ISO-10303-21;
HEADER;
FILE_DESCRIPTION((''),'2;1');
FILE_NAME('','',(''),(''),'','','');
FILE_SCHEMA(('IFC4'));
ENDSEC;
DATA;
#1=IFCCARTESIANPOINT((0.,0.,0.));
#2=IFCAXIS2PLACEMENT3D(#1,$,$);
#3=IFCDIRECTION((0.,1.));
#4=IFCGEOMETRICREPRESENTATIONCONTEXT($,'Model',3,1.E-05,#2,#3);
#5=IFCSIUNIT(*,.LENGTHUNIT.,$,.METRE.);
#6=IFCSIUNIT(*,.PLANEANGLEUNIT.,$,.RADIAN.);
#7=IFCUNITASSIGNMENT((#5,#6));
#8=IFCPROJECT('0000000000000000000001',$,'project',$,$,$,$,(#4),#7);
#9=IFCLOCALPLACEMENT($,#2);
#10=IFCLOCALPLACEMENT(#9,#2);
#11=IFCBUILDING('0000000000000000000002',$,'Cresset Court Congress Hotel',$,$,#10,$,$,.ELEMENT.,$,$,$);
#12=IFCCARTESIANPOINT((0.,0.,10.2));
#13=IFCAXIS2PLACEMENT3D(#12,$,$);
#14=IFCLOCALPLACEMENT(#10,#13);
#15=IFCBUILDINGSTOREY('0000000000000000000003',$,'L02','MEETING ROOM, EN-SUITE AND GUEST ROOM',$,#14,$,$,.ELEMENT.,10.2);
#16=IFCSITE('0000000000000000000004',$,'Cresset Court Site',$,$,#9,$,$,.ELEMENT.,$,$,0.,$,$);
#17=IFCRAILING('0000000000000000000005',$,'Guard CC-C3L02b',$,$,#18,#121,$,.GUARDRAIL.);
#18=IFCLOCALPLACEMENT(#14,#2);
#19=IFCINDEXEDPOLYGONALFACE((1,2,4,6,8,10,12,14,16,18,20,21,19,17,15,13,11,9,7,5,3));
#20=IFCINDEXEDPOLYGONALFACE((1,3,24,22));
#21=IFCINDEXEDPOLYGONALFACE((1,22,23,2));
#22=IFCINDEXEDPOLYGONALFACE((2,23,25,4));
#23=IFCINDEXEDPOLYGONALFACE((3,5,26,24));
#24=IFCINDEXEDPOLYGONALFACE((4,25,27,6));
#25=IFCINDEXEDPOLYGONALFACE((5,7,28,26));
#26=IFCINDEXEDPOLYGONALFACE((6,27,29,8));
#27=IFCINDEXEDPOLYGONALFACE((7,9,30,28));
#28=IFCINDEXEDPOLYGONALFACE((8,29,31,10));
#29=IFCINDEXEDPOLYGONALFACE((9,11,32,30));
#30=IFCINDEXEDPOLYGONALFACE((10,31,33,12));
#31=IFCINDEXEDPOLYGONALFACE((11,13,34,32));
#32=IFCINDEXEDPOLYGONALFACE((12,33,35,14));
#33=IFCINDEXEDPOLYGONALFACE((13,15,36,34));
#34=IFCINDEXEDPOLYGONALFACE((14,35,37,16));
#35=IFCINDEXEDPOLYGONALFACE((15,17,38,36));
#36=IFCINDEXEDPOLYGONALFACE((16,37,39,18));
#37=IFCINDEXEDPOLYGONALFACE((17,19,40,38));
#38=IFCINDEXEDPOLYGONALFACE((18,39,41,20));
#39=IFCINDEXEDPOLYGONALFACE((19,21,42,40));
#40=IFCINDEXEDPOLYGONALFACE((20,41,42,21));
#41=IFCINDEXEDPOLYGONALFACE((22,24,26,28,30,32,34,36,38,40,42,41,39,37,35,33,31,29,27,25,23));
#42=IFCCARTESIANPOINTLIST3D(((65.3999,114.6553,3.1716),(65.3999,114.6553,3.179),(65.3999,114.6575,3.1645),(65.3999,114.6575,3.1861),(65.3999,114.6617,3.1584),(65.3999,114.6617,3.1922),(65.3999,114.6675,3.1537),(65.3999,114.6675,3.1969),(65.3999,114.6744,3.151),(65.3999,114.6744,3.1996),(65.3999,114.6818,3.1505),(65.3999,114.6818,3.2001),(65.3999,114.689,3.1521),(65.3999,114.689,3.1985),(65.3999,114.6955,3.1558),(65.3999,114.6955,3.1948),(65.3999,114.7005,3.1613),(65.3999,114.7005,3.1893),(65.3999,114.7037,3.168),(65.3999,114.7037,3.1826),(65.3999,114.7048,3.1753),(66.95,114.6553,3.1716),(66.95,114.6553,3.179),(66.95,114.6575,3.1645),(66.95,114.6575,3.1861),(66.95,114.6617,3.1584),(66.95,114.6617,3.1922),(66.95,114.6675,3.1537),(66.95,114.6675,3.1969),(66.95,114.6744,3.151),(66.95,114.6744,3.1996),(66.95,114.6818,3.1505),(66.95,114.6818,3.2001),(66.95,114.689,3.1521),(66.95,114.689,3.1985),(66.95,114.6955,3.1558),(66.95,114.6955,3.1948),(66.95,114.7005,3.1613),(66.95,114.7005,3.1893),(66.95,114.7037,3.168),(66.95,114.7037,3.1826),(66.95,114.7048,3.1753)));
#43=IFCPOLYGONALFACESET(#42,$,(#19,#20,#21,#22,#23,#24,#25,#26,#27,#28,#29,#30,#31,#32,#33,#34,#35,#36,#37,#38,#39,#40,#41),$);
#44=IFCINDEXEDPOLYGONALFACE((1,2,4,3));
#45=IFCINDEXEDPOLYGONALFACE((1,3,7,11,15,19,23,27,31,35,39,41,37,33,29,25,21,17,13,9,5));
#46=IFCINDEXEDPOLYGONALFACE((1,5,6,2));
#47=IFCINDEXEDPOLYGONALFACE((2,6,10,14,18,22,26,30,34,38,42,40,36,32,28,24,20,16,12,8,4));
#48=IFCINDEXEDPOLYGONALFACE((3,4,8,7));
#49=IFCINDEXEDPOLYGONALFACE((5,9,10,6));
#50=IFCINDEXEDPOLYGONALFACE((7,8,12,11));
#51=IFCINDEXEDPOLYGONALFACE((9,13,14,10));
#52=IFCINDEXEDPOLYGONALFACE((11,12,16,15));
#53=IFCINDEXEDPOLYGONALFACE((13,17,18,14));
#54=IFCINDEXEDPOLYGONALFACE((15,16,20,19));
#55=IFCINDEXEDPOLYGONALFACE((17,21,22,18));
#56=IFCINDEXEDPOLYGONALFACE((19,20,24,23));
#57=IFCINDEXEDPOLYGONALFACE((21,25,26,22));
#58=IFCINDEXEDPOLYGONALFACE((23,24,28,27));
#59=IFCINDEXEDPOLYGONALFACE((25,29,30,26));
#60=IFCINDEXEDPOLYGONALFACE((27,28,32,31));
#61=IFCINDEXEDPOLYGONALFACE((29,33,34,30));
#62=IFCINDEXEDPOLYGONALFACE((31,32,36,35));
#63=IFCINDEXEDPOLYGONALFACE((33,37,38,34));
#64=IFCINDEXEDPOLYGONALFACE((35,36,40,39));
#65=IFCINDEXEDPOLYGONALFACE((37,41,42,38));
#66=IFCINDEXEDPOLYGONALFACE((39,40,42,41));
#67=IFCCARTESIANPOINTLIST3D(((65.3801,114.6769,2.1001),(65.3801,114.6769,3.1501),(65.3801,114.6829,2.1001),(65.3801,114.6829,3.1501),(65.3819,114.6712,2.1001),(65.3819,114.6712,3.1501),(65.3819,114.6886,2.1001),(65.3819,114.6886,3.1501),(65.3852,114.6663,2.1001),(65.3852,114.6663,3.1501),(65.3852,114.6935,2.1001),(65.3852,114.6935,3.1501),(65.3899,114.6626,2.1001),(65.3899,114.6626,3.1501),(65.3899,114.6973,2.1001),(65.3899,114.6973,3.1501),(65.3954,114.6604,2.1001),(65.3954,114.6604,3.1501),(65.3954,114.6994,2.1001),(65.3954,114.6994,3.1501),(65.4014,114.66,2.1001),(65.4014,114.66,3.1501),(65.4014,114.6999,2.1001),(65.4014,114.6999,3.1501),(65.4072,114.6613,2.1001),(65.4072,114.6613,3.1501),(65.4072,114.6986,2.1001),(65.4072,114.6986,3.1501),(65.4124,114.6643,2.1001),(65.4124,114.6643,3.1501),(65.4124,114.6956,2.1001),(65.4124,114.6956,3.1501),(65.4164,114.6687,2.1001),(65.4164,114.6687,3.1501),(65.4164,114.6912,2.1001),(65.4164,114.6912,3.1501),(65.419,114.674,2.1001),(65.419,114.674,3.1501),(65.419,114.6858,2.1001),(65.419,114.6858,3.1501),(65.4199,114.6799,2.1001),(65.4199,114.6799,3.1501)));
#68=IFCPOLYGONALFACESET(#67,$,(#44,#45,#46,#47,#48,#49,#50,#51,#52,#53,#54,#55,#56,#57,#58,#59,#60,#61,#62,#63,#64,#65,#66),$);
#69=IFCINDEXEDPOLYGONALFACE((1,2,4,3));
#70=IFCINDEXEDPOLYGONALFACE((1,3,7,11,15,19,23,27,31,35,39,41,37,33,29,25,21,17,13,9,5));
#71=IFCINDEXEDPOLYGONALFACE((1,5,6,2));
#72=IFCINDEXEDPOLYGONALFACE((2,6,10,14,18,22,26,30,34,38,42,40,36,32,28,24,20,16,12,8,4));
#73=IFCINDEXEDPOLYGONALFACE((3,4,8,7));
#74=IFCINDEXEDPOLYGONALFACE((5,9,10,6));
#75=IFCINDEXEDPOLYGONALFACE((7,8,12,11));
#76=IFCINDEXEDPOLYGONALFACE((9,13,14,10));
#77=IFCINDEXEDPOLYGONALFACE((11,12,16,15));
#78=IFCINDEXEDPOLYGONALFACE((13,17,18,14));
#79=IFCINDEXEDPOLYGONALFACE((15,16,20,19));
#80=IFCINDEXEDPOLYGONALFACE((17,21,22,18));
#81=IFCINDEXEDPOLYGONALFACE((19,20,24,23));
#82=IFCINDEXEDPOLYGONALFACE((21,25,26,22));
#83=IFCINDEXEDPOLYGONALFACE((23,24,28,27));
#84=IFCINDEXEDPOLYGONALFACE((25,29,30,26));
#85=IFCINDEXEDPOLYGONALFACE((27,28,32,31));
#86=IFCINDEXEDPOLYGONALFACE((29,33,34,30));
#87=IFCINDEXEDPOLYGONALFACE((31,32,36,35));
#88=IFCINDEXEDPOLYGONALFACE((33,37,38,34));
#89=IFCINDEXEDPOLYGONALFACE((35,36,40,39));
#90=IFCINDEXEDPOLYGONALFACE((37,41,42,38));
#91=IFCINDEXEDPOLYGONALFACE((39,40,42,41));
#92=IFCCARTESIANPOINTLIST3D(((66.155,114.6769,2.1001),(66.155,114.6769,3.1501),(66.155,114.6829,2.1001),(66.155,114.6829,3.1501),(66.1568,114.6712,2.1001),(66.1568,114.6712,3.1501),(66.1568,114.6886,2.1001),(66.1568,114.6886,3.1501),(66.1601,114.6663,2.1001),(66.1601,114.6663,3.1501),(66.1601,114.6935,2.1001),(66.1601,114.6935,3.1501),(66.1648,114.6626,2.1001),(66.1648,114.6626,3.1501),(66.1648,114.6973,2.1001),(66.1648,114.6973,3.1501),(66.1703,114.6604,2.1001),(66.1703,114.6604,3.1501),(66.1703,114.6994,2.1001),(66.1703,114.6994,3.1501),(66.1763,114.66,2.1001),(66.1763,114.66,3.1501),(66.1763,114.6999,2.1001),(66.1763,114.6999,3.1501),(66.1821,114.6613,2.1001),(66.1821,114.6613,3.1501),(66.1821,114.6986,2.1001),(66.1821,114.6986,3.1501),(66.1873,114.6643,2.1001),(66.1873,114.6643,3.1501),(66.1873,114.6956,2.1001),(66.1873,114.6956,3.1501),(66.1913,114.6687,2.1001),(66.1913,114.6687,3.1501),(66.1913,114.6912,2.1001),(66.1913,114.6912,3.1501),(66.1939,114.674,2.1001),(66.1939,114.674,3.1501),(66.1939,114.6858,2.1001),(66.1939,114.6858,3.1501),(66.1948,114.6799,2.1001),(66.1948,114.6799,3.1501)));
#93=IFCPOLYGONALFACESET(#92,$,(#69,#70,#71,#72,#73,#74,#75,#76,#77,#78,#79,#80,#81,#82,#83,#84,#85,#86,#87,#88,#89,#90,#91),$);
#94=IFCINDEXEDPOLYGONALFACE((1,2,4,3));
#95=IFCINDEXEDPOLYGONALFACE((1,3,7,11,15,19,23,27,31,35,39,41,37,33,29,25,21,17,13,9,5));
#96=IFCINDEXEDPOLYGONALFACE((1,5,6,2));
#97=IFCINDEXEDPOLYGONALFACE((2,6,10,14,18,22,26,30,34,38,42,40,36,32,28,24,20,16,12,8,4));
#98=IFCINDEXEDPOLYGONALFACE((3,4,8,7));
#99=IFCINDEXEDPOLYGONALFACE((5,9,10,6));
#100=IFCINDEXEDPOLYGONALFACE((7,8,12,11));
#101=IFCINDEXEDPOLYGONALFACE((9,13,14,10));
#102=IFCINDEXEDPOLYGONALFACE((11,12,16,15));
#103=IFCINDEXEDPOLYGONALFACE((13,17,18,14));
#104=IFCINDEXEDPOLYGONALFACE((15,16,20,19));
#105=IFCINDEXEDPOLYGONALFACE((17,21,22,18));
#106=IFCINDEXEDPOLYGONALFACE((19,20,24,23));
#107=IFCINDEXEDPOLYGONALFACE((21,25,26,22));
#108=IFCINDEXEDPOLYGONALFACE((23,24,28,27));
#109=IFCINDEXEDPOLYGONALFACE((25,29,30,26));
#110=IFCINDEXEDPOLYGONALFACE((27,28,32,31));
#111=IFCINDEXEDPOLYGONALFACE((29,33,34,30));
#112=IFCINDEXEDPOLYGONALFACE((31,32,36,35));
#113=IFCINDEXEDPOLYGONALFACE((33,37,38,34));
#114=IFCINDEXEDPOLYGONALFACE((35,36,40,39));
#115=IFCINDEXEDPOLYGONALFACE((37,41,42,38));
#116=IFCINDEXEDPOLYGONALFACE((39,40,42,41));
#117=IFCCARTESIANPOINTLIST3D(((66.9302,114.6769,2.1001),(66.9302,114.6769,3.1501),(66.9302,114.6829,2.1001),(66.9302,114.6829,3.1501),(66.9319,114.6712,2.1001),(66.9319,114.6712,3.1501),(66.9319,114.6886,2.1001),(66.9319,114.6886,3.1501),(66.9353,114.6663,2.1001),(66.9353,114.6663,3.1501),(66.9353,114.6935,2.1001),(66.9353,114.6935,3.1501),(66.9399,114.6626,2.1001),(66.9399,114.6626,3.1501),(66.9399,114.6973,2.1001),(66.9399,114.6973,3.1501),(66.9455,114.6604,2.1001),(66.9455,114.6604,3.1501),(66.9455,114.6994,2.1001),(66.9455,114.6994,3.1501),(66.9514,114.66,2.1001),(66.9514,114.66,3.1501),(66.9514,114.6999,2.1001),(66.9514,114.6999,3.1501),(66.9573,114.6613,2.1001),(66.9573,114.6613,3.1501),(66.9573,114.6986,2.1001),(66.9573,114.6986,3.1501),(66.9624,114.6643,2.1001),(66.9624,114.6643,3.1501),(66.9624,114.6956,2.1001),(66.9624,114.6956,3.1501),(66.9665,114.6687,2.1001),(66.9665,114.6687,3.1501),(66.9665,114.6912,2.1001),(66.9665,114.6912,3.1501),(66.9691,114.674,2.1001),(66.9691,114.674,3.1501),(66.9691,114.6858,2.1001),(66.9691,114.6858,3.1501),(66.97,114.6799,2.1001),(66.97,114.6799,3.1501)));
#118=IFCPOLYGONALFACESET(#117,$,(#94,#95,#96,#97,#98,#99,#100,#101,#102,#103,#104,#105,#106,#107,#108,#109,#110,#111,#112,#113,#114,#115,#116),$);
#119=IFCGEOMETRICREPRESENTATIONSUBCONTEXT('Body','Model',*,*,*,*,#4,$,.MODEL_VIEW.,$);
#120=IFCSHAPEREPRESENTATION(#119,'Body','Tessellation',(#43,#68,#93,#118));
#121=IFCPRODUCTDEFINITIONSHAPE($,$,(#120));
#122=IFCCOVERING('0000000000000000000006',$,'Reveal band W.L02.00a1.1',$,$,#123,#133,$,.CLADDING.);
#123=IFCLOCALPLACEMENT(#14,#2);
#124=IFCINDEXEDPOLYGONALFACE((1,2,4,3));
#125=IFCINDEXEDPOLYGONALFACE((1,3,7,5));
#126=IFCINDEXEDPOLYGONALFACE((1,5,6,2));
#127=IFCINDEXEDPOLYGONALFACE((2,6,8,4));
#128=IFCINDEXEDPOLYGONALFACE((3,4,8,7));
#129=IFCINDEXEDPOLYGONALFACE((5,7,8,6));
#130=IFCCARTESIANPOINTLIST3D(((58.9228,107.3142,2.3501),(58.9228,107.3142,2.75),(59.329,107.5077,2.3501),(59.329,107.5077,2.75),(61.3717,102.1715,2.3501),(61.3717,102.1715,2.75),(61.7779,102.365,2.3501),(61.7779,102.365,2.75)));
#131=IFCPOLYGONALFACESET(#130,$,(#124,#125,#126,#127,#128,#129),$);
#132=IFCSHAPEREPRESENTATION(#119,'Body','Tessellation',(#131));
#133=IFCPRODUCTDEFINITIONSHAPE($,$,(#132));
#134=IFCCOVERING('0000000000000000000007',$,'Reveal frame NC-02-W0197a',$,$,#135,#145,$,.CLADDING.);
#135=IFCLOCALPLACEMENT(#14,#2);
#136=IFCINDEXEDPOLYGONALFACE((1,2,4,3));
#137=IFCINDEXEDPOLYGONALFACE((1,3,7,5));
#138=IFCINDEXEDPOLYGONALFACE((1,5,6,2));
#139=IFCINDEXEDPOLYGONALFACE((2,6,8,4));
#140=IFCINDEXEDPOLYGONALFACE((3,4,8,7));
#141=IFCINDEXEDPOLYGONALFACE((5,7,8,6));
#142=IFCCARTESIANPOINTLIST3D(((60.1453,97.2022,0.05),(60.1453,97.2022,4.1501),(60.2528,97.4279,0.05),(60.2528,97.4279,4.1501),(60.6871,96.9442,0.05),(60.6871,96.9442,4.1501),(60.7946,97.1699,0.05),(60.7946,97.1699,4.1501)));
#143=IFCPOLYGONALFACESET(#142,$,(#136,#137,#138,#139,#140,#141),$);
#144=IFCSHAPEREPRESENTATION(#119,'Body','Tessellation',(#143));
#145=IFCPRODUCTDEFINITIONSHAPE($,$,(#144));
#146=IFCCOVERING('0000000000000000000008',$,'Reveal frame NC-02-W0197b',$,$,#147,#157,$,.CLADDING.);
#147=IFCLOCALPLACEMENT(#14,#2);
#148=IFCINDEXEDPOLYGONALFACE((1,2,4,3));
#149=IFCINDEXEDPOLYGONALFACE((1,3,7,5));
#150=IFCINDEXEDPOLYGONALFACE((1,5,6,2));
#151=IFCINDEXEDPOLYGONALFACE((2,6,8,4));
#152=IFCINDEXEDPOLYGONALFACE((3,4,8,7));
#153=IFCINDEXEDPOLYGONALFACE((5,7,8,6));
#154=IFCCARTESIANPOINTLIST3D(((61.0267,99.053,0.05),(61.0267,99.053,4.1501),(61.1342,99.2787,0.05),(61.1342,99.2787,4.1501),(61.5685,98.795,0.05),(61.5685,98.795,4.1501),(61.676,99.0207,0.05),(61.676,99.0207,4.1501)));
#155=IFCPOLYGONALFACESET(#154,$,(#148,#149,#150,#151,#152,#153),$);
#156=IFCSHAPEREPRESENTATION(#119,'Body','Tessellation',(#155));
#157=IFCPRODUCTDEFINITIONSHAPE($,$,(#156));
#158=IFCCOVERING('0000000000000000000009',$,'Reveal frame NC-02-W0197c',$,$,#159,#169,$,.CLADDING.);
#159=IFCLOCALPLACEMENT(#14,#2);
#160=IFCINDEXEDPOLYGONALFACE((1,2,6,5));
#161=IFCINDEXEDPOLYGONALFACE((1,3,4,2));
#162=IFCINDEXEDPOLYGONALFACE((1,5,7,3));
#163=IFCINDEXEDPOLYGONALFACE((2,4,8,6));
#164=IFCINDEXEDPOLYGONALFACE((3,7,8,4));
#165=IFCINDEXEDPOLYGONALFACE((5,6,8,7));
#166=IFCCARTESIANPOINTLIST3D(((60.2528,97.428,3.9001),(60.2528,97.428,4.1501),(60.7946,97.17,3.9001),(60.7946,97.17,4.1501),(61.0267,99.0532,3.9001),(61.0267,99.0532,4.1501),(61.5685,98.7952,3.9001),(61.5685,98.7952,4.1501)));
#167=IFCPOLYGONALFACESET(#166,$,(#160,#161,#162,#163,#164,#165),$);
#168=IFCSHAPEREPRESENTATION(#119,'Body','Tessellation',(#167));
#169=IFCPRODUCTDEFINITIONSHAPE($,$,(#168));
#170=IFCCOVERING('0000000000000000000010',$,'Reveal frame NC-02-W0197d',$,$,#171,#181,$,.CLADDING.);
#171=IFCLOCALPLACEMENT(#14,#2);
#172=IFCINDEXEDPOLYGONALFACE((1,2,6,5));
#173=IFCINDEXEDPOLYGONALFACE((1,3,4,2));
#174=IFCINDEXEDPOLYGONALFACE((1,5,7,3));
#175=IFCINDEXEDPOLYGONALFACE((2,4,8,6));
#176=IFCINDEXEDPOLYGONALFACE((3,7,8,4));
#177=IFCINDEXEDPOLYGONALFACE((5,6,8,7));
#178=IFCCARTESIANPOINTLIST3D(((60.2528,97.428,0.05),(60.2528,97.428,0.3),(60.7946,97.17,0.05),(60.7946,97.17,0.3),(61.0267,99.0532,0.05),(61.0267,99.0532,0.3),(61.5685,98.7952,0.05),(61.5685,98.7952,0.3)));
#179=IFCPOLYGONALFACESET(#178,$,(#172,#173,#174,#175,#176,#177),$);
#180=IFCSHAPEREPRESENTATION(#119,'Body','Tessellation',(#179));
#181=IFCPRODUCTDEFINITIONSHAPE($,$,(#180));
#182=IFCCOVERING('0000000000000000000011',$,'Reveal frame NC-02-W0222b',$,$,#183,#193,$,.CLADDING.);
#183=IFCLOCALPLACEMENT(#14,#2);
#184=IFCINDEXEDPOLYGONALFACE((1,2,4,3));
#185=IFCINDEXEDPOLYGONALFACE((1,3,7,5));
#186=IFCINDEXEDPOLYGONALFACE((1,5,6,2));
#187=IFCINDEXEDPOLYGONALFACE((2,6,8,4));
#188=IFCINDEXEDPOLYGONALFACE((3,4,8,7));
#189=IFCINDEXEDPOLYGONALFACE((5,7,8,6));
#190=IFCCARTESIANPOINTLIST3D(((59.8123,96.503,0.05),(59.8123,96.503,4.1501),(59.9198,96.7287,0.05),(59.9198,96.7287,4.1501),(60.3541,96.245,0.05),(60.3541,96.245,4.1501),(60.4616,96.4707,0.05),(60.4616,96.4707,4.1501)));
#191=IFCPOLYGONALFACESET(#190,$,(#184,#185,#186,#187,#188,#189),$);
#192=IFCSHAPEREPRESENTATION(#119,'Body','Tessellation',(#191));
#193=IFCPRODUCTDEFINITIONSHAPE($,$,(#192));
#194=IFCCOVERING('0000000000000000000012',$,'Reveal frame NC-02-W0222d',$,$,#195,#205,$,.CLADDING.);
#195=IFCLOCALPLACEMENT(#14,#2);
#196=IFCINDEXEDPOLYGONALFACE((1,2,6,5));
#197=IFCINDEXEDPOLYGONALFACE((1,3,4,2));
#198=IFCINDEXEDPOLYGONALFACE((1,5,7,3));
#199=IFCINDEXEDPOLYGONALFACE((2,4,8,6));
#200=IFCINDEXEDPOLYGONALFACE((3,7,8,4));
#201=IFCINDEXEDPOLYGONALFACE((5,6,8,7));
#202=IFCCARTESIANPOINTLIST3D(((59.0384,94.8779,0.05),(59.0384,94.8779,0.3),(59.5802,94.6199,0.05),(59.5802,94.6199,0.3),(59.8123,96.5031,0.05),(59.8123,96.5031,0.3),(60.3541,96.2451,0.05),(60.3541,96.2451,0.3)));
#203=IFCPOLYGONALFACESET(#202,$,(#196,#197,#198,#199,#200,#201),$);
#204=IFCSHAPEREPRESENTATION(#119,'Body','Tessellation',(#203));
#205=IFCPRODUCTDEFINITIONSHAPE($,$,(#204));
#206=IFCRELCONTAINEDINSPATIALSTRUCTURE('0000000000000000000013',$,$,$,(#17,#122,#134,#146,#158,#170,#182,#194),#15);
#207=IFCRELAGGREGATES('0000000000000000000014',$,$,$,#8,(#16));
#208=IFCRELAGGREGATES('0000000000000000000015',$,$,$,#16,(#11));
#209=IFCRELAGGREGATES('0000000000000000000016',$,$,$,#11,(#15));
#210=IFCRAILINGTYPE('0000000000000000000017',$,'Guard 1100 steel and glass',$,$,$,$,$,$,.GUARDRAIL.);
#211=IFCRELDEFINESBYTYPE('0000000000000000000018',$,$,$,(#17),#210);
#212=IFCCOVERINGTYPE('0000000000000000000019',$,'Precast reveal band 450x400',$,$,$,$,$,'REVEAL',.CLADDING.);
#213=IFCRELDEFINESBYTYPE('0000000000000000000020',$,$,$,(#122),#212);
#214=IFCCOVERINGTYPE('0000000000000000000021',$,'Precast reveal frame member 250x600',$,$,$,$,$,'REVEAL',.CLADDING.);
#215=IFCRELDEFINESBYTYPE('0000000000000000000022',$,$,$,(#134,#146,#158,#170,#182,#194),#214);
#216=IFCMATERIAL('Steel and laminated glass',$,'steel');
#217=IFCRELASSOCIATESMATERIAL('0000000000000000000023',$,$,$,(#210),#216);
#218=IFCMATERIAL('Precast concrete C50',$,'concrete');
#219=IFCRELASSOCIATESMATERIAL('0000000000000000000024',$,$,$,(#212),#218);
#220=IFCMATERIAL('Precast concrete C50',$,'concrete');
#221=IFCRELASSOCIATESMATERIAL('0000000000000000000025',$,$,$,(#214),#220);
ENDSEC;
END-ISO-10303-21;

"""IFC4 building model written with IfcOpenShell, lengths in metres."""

from ifc_helpers import new_model, si_unit, direction, frame, origin, origin_2d, place, context, subcontext, project, spatial, rectangle, circle, extrude, material, type_object, element, save


model = new_model("IFC4")

# Units and contexts
model_context = context("Model", 3, precision=1e-05, world=origin(), true_north=direction((0.0, 1.0)))
body_context = subcontext(model_context, "Body", "Model", "MODEL_VIEW")
ifc_project = project(units=[si_unit("LENGTHUNIT", "METRE"), si_unit("PLANEANGLEUNIT", "RADIAN")], contexts=[model_context])

# Site, building, storey
site_placement = place(None, origin())
site = spatial("IfcSite", under=ifc_project, at=site_placement, Name="Cresset Court Site", CompositionType="ELEMENT", RefElevation=0.0)
building_placement = place(site_placement, origin())
building = spatial("IfcBuilding", under=site, at=building_placement, Name="Cresset Court Congress Hotel", CompositionType="ELEMENT")
storey_placement = place(building_placement, frame((0.0, 0.0, 10.2)))
storey = spatial("IfcBuildingStorey", under=building, at=storey_placement, Name="L02", Description="MEETING ROOM, EN-SUITE AND GUEST ROOM", CompositionType="ELEMENT", Elevation=10.2)

# Railing
ifc_material_1 = material(Name="Steel and laminated glass", Category="steel")
railing_type = type_object("IfcRailingType", Name="Guard 1100 steel and glass", PredefinedType="GUARDRAIL", material=ifc_material_1)
for number, where, name in (
    (1, (65.3999, 114.6799, 2.1001), "Guard CC-C3L02b"),
):
    element("IfcRailing", number, at=place(storey_placement, frame(where)), inside=storey, type_object=railing_type, Name=name, PredefinedType="GUARDRAIL", context=body_context, shape_type="SweptSolid", body=[
        extrude(circle(Radius=0.0249, at=origin_2d()), frame((0.0, 0.0, 1.0752), z_axis=(1.0, 0.0, 0.0), x_axis=(0.0, 1.0, 0.0)), (0.0, 0.0, 1.0), 1.55),
        extrude(circle(Radius=0.02, at=origin_2d()), origin(), (0.0, 0.0, 1.0), 1.05),
        extrude(circle(Radius=0.02, at=origin_2d()), frame((0.7749, 0.0, 0.0)), (0.0, 0.0, 1.0), 1.05),
        extrude(circle(Radius=0.02, at=origin_2d()), frame((1.55, 0.0, 0.0)), (0.0, 0.0, 1.0), 1.05),
    ])

# Coverings
ifc_material_2 = material(Name="Precast concrete C50", Category="concrete")
covering_type_1 = type_object("IfcCoveringType", Name="Precast reveal band 450x400", ElementType="REVEAL", PredefinedType="CLADDING", material=ifc_material_2)
covering_1_placement = place(storey_placement, frame((60.3503, 104.8396, 2.3501), z_axis=(0.0, 0.0, 1.0), x_axis=(-0.429933, 0.902861, 0.0)))
element("IfcCovering", 2, at=covering_1_placement, inside=storey, type_object=covering_type_1, Name="Reveal band W.L02.00a1.1", PredefinedType="CLADDING", context=body_context, shape_type="SweptSolid", body=[
    extrude(rectangle(XDim=5.696, YDim=0.45, at=origin_2d()), origin(), (0.0, 0.0, 1.0), 0.3999),
])
ifc_material_3 = material(Name="Precast concrete C50", Category="concrete")
covering_type_2 = type_object("IfcCoveringType", Name="Precast reveal frame member 250x600", ElementType="REVEAL", PredefinedType="CLADDING", material=ifc_material_3)
for number, where, z_axis, x_axis, name in (
    (3, (60.47, 97.186, 0.05), (0.0, 0.0, 1.0), (0.429933, 0.902861, 0.0), "Reveal frame NC-02-W0197a"),
    (4, (61.3513, 99.0369, 0.05), (0.0, 0.0, 1.0), (0.429933, 0.902861, 0.0), "Reveal frame NC-02-W0197b"),
):
    element("IfcCovering", number, at=place(storey_placement, frame(where, z_axis=z_axis, x_axis=x_axis)), inside=storey, type_object=covering_type_2, Name=name, PredefinedType="CLADDING", context=body_context, shape_type="SweptSolid", body=[
        extrude(rectangle(XDim=0.25, YDim=0.6001, at=origin_2d()), origin(), (0.0, 0.0, 1.0), 4.1001),
    ])
for number, where, z_axis, x_axis, name in (
    (5, (60.9106, 98.1116, 3.9001), (0.0, 0.0, 1.0), (0.429933, 0.902861, 0.0), "Reveal frame NC-02-W0197c"),
    (6, (60.9106, 98.1116, 0.05), (0.0, 0.0, 1.0), (0.429933, 0.902861, 0.0), "Reveal frame NC-02-W0197d"),
):
    element("IfcCovering", number, at=place(storey_placement, frame(where, z_axis=z_axis, x_axis=x_axis)), inside=storey, type_object=covering_type_2, Name=name, PredefinedType="CLADDING", context=body_context, shape_type="SweptSolid", body=[
        extrude(rectangle(XDim=1.8, YDim=0.6001, at=origin_2d()), origin(), (0.0, 0.0, 1.0), 0.25),
    ])
covering_2_placement = place(storey_placement, frame((60.137, 96.4868, 0.05), z_axis=(0.0, 0.0, 1.0), x_axis=(0.429933, 0.902861, 0.0)))
element("IfcCovering", 7, at=covering_2_placement, inside=storey, type_object=covering_type_2, Name="Reveal frame NC-02-W0222b", PredefinedType="CLADDING", context=body_context, shape_type="SweptSolid", body=[
    extrude(rectangle(XDim=0.25, YDim=0.6001, at=origin_2d()), origin(), (0.0, 0.0, 1.0), 4.1001),
])
covering_3_placement = place(storey_placement, frame((59.6963, 95.5615, 0.05), z_axis=(0.0, 0.0, 1.0), x_axis=(0.429933, 0.902861, 0.0)))
element("IfcCovering", 8, at=covering_3_placement, inside=storey, type_object=covering_type_2, Name="Reveal frame NC-02-W0222d", PredefinedType="CLADDING", context=body_context, shape_type="SweptSolid", body=[
    extrude(rectangle(XDim=1.8, YDim=0.6001, at=origin_2d()), origin(), (0.0, 0.0, 1.0), 0.25),
])

save(model, "model.ifc")
